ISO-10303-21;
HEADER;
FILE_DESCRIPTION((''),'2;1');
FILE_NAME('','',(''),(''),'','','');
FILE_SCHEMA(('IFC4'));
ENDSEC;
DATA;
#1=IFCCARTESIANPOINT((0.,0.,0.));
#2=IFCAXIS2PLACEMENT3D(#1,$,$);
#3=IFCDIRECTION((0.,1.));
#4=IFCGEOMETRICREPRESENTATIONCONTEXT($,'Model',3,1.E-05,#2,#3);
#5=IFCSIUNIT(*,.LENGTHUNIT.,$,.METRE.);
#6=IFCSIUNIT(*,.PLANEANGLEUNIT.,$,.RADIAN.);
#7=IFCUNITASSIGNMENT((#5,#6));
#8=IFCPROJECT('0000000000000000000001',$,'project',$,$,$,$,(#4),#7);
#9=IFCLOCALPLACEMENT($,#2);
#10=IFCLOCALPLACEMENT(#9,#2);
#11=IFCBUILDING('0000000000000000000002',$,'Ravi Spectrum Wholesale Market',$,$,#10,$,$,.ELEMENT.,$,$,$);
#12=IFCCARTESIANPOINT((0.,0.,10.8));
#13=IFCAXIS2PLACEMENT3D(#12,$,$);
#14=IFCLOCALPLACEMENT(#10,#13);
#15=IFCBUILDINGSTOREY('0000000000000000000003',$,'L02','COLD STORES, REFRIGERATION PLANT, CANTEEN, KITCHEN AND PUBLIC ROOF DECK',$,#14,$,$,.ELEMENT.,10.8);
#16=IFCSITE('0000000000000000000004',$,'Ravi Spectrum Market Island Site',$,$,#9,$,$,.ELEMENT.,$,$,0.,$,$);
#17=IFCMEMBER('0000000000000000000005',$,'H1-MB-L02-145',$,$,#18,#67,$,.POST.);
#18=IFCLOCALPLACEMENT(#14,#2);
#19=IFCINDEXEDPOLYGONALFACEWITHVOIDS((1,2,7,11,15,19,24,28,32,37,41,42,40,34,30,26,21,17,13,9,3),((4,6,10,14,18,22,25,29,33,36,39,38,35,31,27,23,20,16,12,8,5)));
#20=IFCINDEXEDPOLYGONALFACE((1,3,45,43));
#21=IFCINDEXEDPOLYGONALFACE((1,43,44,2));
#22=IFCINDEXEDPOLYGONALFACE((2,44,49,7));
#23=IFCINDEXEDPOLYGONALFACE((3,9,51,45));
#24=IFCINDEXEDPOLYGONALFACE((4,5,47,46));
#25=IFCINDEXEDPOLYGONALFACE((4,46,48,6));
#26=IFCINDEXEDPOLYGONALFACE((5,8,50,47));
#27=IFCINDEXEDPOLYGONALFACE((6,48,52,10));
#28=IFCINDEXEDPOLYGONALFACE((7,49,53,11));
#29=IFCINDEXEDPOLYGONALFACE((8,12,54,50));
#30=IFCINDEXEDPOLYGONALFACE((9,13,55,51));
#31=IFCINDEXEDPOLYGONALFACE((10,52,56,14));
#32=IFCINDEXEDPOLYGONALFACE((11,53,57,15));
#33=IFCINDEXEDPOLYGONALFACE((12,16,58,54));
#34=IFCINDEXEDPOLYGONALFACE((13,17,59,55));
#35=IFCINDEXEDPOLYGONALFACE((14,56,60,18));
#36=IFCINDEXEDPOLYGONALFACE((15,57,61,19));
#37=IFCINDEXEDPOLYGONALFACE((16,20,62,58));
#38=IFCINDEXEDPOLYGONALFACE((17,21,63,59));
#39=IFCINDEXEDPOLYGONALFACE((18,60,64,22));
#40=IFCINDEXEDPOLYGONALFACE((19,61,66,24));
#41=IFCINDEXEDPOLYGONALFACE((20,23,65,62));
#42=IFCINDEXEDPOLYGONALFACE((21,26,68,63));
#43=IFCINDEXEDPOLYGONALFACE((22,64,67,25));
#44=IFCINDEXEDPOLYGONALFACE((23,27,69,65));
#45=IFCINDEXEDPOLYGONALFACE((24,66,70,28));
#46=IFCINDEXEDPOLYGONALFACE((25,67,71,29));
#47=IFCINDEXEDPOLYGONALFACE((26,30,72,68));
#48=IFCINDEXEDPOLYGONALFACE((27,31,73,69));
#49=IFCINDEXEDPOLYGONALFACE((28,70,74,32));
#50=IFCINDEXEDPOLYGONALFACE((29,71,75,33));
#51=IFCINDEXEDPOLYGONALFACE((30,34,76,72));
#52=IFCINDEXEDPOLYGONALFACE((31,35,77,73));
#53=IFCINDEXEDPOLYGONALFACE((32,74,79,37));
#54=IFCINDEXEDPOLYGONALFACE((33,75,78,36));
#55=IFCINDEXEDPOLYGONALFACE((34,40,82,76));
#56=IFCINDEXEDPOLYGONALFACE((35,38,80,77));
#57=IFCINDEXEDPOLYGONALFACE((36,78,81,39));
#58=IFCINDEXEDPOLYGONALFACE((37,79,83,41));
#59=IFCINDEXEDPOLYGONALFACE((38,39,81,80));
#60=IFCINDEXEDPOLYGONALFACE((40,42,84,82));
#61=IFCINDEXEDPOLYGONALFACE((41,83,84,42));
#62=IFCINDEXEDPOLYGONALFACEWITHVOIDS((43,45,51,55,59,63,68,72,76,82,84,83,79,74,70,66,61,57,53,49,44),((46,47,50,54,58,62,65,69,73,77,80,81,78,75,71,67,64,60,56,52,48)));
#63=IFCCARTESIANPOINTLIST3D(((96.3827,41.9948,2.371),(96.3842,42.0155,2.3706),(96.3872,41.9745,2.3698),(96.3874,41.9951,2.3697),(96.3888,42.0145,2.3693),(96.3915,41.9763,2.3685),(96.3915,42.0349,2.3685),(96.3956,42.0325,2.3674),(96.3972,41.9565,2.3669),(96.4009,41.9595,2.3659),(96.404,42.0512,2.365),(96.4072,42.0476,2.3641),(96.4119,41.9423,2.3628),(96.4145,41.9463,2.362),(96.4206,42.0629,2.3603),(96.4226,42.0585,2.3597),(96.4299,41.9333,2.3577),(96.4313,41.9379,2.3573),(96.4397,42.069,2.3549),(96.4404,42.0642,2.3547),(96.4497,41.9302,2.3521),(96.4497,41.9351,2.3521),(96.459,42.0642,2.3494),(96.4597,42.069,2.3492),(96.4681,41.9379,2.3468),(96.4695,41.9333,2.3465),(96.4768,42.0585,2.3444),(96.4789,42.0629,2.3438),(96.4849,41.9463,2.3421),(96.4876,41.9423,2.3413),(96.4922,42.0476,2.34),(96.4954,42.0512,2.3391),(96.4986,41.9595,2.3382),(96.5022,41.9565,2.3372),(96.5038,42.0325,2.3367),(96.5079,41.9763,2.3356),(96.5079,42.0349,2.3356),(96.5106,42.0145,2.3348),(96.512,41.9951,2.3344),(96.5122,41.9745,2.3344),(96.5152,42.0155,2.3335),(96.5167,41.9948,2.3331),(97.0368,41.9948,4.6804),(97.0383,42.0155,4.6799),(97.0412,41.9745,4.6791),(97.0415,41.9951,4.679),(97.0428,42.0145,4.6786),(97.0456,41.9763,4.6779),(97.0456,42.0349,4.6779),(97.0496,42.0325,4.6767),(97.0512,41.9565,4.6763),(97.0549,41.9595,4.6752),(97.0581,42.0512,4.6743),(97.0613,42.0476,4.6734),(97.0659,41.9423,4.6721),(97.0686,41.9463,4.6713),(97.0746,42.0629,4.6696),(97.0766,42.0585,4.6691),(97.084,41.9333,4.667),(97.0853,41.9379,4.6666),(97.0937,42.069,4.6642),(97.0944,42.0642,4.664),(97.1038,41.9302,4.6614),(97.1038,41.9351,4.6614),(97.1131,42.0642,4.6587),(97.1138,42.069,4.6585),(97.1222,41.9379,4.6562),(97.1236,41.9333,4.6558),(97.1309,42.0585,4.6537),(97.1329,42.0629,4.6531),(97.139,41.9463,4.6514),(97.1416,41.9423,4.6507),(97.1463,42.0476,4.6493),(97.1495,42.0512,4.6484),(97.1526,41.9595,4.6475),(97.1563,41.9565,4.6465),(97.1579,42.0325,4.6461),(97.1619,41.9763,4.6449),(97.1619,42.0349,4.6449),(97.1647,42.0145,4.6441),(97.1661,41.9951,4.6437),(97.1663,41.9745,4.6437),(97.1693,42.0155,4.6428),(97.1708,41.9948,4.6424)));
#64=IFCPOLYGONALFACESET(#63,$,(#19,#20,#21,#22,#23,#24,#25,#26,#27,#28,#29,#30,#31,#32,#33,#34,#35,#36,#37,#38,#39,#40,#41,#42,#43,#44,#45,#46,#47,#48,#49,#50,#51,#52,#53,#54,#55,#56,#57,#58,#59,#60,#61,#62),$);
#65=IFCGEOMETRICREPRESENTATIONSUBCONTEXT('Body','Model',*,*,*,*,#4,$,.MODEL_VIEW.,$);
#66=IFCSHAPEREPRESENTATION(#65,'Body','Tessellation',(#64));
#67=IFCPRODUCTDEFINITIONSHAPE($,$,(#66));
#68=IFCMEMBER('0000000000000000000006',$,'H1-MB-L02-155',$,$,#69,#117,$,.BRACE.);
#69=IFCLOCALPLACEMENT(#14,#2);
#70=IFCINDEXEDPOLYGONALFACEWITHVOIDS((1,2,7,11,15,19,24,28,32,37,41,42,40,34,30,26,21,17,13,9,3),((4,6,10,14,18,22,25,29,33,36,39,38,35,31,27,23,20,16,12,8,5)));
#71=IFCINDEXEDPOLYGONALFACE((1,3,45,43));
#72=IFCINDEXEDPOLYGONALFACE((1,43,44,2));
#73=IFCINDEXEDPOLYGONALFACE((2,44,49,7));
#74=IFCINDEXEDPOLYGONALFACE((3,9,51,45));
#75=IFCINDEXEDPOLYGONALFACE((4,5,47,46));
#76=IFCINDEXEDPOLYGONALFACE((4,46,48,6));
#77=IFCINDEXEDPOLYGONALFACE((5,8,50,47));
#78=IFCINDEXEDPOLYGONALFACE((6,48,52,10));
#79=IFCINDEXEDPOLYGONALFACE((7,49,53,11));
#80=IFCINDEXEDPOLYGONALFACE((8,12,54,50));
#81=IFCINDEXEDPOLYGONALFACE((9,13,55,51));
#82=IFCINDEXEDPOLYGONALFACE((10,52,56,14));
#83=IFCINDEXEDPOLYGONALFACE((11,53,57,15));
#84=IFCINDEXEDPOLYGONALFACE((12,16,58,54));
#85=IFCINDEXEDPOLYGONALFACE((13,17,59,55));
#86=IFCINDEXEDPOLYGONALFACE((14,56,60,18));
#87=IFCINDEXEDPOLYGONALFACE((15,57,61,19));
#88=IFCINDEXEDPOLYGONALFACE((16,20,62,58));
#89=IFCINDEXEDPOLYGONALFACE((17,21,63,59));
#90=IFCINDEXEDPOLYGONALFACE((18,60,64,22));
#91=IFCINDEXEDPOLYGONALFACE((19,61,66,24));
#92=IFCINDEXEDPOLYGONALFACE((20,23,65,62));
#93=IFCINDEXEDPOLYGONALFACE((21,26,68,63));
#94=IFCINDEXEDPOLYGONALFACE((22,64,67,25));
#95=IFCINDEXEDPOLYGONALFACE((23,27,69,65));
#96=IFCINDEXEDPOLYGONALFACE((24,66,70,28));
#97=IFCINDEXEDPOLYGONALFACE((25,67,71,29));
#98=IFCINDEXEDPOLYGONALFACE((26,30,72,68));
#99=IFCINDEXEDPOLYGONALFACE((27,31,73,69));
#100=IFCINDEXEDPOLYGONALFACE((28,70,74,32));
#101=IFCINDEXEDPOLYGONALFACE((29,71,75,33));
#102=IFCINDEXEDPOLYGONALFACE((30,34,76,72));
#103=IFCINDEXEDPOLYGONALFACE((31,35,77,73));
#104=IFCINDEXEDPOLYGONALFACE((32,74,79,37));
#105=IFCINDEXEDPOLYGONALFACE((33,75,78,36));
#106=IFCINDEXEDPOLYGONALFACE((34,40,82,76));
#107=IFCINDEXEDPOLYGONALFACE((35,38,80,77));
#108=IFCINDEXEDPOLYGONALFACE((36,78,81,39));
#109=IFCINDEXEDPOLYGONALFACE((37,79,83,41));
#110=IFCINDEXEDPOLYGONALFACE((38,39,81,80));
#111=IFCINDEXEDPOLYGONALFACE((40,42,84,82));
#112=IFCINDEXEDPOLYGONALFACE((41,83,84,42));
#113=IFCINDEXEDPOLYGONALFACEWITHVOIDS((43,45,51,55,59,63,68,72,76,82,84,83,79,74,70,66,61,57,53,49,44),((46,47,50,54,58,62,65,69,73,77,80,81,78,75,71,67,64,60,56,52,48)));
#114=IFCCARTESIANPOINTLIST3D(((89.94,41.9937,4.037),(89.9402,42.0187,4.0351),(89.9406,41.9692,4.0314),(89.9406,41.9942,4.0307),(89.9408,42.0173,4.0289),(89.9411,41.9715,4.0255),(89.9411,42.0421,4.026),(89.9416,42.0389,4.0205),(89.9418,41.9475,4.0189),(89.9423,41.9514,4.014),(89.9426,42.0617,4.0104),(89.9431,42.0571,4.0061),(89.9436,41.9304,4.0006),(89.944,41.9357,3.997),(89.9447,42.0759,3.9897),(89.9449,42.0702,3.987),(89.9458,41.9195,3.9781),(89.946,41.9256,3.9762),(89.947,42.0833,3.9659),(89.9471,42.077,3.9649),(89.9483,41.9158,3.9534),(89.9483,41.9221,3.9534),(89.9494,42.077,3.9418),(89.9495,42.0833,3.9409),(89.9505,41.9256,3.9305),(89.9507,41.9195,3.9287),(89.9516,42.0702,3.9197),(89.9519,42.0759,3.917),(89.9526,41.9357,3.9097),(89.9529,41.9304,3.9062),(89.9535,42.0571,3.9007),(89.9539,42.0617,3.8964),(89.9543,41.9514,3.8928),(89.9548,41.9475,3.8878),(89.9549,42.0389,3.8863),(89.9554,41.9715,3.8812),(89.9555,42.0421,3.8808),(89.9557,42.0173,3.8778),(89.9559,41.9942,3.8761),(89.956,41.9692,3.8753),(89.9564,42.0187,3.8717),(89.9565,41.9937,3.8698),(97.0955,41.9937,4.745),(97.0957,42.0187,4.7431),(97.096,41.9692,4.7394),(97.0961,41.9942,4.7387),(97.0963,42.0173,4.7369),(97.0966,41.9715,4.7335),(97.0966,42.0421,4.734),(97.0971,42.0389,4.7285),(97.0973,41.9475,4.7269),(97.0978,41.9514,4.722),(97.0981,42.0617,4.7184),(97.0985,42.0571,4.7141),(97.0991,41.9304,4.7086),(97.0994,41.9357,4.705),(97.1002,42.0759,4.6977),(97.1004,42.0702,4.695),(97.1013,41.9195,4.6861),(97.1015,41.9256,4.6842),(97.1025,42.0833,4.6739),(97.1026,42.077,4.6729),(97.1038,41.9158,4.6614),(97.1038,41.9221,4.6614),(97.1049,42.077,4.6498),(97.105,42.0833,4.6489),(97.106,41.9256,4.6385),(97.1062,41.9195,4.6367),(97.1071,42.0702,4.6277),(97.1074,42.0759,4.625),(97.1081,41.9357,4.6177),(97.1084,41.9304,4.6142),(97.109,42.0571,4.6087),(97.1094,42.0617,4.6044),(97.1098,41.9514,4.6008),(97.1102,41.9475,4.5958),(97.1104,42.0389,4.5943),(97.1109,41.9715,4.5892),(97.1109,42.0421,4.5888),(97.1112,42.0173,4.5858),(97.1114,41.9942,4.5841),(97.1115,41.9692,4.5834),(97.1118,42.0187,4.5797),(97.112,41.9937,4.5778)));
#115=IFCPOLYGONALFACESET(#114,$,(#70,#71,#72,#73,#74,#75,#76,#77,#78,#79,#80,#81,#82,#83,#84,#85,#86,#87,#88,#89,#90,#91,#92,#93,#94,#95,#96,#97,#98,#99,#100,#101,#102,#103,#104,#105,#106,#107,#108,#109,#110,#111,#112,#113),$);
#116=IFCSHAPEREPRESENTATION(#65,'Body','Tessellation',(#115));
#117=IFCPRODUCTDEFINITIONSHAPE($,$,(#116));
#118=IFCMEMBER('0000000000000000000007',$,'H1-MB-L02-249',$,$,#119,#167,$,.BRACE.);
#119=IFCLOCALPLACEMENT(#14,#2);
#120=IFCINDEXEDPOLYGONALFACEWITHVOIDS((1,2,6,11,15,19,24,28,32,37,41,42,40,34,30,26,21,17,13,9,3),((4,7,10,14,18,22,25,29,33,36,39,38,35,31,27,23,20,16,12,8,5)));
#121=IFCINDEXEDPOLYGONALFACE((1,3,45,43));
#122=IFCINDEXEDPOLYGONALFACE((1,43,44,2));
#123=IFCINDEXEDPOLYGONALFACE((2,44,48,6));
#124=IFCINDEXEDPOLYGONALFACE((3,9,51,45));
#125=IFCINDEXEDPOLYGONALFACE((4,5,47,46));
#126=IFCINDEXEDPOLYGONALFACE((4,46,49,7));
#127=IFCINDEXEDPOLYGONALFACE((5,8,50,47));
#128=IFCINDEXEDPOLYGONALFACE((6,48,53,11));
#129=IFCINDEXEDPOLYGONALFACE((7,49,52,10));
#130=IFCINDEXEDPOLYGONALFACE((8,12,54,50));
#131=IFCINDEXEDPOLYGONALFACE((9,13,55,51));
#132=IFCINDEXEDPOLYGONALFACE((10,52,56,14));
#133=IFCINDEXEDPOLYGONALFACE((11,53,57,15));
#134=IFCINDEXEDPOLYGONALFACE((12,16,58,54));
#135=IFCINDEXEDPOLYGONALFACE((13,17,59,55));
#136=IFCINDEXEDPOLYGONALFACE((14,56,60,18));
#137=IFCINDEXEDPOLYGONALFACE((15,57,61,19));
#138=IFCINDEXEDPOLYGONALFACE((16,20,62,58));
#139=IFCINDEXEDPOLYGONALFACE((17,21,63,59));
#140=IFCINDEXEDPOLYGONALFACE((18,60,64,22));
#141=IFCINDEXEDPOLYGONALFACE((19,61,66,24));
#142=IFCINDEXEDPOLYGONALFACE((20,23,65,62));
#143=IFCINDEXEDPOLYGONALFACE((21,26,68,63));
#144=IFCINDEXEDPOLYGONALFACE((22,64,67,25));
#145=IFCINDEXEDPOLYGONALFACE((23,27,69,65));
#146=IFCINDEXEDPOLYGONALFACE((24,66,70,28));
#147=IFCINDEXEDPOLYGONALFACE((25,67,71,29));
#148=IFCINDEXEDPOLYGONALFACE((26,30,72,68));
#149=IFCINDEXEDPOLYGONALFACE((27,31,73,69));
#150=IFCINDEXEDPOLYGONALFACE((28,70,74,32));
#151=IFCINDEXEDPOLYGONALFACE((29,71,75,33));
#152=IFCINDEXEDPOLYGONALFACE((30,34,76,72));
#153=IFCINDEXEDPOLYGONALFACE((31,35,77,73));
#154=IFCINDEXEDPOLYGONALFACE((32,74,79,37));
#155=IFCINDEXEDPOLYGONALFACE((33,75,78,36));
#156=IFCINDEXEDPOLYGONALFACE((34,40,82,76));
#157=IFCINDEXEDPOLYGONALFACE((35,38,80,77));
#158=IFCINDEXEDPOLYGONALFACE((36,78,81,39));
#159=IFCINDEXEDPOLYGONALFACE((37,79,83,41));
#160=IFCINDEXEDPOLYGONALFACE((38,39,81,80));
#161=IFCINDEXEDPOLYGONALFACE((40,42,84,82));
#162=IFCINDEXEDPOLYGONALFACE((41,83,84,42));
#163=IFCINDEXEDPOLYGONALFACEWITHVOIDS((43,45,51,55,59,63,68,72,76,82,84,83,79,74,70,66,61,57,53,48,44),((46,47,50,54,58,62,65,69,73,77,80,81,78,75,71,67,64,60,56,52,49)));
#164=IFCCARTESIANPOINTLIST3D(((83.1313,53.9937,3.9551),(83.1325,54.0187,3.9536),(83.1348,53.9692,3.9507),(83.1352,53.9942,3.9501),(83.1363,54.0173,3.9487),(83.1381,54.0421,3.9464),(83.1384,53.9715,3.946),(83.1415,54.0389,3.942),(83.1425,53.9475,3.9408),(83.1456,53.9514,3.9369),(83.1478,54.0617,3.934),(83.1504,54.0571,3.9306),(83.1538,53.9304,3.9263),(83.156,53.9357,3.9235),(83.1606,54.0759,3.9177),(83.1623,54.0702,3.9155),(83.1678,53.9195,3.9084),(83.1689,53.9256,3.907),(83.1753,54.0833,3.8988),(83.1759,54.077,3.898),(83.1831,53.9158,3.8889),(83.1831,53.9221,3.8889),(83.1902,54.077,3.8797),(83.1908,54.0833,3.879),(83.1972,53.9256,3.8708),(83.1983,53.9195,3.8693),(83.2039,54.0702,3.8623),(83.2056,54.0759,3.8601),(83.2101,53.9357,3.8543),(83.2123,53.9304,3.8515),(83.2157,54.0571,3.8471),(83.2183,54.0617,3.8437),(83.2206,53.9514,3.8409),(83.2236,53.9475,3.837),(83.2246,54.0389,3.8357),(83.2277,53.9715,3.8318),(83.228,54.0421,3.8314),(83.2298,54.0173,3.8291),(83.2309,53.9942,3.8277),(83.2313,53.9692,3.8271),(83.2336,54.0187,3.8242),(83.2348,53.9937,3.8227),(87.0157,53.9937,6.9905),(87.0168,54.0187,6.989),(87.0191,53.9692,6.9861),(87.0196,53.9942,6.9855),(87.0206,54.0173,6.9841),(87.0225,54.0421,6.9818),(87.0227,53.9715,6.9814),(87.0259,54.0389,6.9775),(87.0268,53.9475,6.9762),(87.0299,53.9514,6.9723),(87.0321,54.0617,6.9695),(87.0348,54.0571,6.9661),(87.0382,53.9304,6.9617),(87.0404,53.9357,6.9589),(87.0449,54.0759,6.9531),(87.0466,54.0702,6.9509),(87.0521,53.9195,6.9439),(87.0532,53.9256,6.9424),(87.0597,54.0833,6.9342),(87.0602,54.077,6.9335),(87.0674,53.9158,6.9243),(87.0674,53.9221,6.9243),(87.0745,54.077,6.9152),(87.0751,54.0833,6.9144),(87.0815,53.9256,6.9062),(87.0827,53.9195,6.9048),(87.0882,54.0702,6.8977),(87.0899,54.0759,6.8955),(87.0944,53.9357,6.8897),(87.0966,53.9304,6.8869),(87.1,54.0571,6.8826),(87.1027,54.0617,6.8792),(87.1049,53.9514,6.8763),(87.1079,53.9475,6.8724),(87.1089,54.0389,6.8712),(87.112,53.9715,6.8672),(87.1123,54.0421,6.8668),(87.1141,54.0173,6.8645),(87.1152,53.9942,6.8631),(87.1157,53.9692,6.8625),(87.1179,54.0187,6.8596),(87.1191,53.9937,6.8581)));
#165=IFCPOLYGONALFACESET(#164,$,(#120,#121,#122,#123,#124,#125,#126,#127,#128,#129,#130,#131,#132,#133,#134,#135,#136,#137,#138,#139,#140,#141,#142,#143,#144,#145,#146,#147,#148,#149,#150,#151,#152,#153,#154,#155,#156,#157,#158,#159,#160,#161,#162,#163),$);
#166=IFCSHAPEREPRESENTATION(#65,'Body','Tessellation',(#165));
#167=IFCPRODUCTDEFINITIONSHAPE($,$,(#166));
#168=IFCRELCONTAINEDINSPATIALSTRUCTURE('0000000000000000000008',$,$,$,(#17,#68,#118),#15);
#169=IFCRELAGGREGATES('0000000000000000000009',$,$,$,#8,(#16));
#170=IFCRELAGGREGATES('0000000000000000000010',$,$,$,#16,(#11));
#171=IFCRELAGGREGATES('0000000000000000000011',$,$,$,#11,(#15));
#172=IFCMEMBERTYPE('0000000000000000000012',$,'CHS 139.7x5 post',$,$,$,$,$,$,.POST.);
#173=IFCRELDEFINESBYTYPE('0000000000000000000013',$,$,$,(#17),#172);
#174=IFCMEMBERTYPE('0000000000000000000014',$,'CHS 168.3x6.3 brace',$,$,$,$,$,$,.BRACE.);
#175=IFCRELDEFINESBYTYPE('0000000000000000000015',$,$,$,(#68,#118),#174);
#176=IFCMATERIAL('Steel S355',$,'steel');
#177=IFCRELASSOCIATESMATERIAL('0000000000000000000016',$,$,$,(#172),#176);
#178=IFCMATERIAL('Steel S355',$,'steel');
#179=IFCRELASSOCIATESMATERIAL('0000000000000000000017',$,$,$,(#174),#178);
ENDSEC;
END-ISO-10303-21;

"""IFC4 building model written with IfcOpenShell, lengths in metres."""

from ifc_helpers import new_model, si_unit, direction, frame, origin, origin_2d, place, context, subcontext, project, spatial, hollow_circle, extrude, material, material_profile, profile_set, type_object, element, save


model = new_model("IFC4")

# Units and contexts
model_context = context("Model", 3, precision=1e-05, world=origin(), true_north=direction((0.0, 1.0)))
body_context = subcontext(model_context, "Body", "Model", "MODEL_VIEW")
ifc_project = project(units=[si_unit("LENGTHUNIT", "METRE"), si_unit("PLANEANGLEUNIT", "RADIAN")], contexts=[model_context])

# Site, building, storey
site_placement = place(None, origin())
site = spatial("IfcSite", under=ifc_project, at=site_placement, Name="Ravi Spectrum Market Island Site", CompositionType="ELEMENT", RefElevation=0.0)
building_placement = place(site_placement, origin())
building = spatial("IfcBuilding", under=site, at=building_placement, Name="Ravi Spectrum Wholesale Market", CompositionType="ELEMENT")
storey_placement = place(building_placement, frame((0.0, 0.0, 10.8)))
storey = spatial("IfcBuildingStorey", under=building, at=storey_placement, Name="L02", Description="COLD STORES, REFRIGERATION PLANT, CANTEEN, KITCHEN AND PUBLIC ROOF DECK", CompositionType="ELEMENT", Elevation=10.8)

# Members
ifc_material_1 = material(Name="Steel S355", Category="steel")
ifc_material_profile_1 = material_profile(ifc_material_1, hollow_circle(Radius=0.0698, WallThickness=0.0049, at=origin_2d()))
ifc_profile_set_1 = profile_set([ifc_material_profile_1], Name="Steel S355")
member_type_1 = type_object("IfcMemberType", Name="CHS 139.7x5 post", PredefinedType="POST", material=ifc_profile_set_1)
member_1_placement = place(storey_placement, frame((97.1038, 42.0, 4.6614), z_axis=(-0.272504, 0.0, -0.962155), x_axis=(0.0, -1.0, 0.0)))
element("IfcMember", 1, at=member_1_placement, inside=storey, type_object=member_type_1, Name="H1-MB-L02-145", PredefinedType="POST", context=body_context, shape_type="SweptSolid", body=[
    extrude(hollow_circle(Radius=0.0698, WallThickness=0.0049, at=origin_2d()), origin(), (0.0, 0.0, 1.0), 2.4001),
])
ifc_material_2 = material(Name="Steel S355", Category="steel")
ifc_material_profile_2 = material_profile(ifc_material_2, hollow_circle(Radius=0.0842, WallThickness=0.0063, at=origin_2d()))
ifc_profile_set_2 = profile_set([ifc_material_profile_2], Name="Steel S355")
member_type_2 = type_object("IfcMemberType", Name="CHS 168.3x6.3 brace", PredefinedType="BRACE", material=ifc_profile_set_2)
member_2_placement = place(storey_placement, frame((97.1038, 42.0, 4.6614), z_axis=(-0.995141, 0.0, -0.098465), x_axis=(0.0, -1.0, 0.0)))
element("IfcMember", 2, at=member_2_placement, inside=storey, type_object=member_type_2, Name="H1-MB-L02-155", PredefinedType="BRACE", context=body_context, shape_type="SweptSolid", body=[
    extrude(hollow_circle(Radius=0.0842, WallThickness=0.0063, at=origin_2d()), origin(), (0.0, 0.0, 1.0), 7.1904),
])
for number, where, z_axis, x_axis, name in (
    (3, (87.0674, 54.0, 6.9243), (-0.787945, 0.0, -0.615746), (0.0, -1.0, 0.0), "H1-MB-L02-249"),
):
    element("IfcMember", number, at=place(storey_placement, frame(where, z_axis=z_axis, x_axis=x_axis)), inside=storey, type_object=member_type_2, Name=name, PredefinedType="BRACE", context=body_context, shape_type="SweptSolid", body=[
        extrude(hollow_circle(Radius=0.0842, WallThickness=0.0063, at=origin_2d()), origin(), (0.0, 0.0, 1.0), 4.9297),
    ])

save(model, "model.ifc")
